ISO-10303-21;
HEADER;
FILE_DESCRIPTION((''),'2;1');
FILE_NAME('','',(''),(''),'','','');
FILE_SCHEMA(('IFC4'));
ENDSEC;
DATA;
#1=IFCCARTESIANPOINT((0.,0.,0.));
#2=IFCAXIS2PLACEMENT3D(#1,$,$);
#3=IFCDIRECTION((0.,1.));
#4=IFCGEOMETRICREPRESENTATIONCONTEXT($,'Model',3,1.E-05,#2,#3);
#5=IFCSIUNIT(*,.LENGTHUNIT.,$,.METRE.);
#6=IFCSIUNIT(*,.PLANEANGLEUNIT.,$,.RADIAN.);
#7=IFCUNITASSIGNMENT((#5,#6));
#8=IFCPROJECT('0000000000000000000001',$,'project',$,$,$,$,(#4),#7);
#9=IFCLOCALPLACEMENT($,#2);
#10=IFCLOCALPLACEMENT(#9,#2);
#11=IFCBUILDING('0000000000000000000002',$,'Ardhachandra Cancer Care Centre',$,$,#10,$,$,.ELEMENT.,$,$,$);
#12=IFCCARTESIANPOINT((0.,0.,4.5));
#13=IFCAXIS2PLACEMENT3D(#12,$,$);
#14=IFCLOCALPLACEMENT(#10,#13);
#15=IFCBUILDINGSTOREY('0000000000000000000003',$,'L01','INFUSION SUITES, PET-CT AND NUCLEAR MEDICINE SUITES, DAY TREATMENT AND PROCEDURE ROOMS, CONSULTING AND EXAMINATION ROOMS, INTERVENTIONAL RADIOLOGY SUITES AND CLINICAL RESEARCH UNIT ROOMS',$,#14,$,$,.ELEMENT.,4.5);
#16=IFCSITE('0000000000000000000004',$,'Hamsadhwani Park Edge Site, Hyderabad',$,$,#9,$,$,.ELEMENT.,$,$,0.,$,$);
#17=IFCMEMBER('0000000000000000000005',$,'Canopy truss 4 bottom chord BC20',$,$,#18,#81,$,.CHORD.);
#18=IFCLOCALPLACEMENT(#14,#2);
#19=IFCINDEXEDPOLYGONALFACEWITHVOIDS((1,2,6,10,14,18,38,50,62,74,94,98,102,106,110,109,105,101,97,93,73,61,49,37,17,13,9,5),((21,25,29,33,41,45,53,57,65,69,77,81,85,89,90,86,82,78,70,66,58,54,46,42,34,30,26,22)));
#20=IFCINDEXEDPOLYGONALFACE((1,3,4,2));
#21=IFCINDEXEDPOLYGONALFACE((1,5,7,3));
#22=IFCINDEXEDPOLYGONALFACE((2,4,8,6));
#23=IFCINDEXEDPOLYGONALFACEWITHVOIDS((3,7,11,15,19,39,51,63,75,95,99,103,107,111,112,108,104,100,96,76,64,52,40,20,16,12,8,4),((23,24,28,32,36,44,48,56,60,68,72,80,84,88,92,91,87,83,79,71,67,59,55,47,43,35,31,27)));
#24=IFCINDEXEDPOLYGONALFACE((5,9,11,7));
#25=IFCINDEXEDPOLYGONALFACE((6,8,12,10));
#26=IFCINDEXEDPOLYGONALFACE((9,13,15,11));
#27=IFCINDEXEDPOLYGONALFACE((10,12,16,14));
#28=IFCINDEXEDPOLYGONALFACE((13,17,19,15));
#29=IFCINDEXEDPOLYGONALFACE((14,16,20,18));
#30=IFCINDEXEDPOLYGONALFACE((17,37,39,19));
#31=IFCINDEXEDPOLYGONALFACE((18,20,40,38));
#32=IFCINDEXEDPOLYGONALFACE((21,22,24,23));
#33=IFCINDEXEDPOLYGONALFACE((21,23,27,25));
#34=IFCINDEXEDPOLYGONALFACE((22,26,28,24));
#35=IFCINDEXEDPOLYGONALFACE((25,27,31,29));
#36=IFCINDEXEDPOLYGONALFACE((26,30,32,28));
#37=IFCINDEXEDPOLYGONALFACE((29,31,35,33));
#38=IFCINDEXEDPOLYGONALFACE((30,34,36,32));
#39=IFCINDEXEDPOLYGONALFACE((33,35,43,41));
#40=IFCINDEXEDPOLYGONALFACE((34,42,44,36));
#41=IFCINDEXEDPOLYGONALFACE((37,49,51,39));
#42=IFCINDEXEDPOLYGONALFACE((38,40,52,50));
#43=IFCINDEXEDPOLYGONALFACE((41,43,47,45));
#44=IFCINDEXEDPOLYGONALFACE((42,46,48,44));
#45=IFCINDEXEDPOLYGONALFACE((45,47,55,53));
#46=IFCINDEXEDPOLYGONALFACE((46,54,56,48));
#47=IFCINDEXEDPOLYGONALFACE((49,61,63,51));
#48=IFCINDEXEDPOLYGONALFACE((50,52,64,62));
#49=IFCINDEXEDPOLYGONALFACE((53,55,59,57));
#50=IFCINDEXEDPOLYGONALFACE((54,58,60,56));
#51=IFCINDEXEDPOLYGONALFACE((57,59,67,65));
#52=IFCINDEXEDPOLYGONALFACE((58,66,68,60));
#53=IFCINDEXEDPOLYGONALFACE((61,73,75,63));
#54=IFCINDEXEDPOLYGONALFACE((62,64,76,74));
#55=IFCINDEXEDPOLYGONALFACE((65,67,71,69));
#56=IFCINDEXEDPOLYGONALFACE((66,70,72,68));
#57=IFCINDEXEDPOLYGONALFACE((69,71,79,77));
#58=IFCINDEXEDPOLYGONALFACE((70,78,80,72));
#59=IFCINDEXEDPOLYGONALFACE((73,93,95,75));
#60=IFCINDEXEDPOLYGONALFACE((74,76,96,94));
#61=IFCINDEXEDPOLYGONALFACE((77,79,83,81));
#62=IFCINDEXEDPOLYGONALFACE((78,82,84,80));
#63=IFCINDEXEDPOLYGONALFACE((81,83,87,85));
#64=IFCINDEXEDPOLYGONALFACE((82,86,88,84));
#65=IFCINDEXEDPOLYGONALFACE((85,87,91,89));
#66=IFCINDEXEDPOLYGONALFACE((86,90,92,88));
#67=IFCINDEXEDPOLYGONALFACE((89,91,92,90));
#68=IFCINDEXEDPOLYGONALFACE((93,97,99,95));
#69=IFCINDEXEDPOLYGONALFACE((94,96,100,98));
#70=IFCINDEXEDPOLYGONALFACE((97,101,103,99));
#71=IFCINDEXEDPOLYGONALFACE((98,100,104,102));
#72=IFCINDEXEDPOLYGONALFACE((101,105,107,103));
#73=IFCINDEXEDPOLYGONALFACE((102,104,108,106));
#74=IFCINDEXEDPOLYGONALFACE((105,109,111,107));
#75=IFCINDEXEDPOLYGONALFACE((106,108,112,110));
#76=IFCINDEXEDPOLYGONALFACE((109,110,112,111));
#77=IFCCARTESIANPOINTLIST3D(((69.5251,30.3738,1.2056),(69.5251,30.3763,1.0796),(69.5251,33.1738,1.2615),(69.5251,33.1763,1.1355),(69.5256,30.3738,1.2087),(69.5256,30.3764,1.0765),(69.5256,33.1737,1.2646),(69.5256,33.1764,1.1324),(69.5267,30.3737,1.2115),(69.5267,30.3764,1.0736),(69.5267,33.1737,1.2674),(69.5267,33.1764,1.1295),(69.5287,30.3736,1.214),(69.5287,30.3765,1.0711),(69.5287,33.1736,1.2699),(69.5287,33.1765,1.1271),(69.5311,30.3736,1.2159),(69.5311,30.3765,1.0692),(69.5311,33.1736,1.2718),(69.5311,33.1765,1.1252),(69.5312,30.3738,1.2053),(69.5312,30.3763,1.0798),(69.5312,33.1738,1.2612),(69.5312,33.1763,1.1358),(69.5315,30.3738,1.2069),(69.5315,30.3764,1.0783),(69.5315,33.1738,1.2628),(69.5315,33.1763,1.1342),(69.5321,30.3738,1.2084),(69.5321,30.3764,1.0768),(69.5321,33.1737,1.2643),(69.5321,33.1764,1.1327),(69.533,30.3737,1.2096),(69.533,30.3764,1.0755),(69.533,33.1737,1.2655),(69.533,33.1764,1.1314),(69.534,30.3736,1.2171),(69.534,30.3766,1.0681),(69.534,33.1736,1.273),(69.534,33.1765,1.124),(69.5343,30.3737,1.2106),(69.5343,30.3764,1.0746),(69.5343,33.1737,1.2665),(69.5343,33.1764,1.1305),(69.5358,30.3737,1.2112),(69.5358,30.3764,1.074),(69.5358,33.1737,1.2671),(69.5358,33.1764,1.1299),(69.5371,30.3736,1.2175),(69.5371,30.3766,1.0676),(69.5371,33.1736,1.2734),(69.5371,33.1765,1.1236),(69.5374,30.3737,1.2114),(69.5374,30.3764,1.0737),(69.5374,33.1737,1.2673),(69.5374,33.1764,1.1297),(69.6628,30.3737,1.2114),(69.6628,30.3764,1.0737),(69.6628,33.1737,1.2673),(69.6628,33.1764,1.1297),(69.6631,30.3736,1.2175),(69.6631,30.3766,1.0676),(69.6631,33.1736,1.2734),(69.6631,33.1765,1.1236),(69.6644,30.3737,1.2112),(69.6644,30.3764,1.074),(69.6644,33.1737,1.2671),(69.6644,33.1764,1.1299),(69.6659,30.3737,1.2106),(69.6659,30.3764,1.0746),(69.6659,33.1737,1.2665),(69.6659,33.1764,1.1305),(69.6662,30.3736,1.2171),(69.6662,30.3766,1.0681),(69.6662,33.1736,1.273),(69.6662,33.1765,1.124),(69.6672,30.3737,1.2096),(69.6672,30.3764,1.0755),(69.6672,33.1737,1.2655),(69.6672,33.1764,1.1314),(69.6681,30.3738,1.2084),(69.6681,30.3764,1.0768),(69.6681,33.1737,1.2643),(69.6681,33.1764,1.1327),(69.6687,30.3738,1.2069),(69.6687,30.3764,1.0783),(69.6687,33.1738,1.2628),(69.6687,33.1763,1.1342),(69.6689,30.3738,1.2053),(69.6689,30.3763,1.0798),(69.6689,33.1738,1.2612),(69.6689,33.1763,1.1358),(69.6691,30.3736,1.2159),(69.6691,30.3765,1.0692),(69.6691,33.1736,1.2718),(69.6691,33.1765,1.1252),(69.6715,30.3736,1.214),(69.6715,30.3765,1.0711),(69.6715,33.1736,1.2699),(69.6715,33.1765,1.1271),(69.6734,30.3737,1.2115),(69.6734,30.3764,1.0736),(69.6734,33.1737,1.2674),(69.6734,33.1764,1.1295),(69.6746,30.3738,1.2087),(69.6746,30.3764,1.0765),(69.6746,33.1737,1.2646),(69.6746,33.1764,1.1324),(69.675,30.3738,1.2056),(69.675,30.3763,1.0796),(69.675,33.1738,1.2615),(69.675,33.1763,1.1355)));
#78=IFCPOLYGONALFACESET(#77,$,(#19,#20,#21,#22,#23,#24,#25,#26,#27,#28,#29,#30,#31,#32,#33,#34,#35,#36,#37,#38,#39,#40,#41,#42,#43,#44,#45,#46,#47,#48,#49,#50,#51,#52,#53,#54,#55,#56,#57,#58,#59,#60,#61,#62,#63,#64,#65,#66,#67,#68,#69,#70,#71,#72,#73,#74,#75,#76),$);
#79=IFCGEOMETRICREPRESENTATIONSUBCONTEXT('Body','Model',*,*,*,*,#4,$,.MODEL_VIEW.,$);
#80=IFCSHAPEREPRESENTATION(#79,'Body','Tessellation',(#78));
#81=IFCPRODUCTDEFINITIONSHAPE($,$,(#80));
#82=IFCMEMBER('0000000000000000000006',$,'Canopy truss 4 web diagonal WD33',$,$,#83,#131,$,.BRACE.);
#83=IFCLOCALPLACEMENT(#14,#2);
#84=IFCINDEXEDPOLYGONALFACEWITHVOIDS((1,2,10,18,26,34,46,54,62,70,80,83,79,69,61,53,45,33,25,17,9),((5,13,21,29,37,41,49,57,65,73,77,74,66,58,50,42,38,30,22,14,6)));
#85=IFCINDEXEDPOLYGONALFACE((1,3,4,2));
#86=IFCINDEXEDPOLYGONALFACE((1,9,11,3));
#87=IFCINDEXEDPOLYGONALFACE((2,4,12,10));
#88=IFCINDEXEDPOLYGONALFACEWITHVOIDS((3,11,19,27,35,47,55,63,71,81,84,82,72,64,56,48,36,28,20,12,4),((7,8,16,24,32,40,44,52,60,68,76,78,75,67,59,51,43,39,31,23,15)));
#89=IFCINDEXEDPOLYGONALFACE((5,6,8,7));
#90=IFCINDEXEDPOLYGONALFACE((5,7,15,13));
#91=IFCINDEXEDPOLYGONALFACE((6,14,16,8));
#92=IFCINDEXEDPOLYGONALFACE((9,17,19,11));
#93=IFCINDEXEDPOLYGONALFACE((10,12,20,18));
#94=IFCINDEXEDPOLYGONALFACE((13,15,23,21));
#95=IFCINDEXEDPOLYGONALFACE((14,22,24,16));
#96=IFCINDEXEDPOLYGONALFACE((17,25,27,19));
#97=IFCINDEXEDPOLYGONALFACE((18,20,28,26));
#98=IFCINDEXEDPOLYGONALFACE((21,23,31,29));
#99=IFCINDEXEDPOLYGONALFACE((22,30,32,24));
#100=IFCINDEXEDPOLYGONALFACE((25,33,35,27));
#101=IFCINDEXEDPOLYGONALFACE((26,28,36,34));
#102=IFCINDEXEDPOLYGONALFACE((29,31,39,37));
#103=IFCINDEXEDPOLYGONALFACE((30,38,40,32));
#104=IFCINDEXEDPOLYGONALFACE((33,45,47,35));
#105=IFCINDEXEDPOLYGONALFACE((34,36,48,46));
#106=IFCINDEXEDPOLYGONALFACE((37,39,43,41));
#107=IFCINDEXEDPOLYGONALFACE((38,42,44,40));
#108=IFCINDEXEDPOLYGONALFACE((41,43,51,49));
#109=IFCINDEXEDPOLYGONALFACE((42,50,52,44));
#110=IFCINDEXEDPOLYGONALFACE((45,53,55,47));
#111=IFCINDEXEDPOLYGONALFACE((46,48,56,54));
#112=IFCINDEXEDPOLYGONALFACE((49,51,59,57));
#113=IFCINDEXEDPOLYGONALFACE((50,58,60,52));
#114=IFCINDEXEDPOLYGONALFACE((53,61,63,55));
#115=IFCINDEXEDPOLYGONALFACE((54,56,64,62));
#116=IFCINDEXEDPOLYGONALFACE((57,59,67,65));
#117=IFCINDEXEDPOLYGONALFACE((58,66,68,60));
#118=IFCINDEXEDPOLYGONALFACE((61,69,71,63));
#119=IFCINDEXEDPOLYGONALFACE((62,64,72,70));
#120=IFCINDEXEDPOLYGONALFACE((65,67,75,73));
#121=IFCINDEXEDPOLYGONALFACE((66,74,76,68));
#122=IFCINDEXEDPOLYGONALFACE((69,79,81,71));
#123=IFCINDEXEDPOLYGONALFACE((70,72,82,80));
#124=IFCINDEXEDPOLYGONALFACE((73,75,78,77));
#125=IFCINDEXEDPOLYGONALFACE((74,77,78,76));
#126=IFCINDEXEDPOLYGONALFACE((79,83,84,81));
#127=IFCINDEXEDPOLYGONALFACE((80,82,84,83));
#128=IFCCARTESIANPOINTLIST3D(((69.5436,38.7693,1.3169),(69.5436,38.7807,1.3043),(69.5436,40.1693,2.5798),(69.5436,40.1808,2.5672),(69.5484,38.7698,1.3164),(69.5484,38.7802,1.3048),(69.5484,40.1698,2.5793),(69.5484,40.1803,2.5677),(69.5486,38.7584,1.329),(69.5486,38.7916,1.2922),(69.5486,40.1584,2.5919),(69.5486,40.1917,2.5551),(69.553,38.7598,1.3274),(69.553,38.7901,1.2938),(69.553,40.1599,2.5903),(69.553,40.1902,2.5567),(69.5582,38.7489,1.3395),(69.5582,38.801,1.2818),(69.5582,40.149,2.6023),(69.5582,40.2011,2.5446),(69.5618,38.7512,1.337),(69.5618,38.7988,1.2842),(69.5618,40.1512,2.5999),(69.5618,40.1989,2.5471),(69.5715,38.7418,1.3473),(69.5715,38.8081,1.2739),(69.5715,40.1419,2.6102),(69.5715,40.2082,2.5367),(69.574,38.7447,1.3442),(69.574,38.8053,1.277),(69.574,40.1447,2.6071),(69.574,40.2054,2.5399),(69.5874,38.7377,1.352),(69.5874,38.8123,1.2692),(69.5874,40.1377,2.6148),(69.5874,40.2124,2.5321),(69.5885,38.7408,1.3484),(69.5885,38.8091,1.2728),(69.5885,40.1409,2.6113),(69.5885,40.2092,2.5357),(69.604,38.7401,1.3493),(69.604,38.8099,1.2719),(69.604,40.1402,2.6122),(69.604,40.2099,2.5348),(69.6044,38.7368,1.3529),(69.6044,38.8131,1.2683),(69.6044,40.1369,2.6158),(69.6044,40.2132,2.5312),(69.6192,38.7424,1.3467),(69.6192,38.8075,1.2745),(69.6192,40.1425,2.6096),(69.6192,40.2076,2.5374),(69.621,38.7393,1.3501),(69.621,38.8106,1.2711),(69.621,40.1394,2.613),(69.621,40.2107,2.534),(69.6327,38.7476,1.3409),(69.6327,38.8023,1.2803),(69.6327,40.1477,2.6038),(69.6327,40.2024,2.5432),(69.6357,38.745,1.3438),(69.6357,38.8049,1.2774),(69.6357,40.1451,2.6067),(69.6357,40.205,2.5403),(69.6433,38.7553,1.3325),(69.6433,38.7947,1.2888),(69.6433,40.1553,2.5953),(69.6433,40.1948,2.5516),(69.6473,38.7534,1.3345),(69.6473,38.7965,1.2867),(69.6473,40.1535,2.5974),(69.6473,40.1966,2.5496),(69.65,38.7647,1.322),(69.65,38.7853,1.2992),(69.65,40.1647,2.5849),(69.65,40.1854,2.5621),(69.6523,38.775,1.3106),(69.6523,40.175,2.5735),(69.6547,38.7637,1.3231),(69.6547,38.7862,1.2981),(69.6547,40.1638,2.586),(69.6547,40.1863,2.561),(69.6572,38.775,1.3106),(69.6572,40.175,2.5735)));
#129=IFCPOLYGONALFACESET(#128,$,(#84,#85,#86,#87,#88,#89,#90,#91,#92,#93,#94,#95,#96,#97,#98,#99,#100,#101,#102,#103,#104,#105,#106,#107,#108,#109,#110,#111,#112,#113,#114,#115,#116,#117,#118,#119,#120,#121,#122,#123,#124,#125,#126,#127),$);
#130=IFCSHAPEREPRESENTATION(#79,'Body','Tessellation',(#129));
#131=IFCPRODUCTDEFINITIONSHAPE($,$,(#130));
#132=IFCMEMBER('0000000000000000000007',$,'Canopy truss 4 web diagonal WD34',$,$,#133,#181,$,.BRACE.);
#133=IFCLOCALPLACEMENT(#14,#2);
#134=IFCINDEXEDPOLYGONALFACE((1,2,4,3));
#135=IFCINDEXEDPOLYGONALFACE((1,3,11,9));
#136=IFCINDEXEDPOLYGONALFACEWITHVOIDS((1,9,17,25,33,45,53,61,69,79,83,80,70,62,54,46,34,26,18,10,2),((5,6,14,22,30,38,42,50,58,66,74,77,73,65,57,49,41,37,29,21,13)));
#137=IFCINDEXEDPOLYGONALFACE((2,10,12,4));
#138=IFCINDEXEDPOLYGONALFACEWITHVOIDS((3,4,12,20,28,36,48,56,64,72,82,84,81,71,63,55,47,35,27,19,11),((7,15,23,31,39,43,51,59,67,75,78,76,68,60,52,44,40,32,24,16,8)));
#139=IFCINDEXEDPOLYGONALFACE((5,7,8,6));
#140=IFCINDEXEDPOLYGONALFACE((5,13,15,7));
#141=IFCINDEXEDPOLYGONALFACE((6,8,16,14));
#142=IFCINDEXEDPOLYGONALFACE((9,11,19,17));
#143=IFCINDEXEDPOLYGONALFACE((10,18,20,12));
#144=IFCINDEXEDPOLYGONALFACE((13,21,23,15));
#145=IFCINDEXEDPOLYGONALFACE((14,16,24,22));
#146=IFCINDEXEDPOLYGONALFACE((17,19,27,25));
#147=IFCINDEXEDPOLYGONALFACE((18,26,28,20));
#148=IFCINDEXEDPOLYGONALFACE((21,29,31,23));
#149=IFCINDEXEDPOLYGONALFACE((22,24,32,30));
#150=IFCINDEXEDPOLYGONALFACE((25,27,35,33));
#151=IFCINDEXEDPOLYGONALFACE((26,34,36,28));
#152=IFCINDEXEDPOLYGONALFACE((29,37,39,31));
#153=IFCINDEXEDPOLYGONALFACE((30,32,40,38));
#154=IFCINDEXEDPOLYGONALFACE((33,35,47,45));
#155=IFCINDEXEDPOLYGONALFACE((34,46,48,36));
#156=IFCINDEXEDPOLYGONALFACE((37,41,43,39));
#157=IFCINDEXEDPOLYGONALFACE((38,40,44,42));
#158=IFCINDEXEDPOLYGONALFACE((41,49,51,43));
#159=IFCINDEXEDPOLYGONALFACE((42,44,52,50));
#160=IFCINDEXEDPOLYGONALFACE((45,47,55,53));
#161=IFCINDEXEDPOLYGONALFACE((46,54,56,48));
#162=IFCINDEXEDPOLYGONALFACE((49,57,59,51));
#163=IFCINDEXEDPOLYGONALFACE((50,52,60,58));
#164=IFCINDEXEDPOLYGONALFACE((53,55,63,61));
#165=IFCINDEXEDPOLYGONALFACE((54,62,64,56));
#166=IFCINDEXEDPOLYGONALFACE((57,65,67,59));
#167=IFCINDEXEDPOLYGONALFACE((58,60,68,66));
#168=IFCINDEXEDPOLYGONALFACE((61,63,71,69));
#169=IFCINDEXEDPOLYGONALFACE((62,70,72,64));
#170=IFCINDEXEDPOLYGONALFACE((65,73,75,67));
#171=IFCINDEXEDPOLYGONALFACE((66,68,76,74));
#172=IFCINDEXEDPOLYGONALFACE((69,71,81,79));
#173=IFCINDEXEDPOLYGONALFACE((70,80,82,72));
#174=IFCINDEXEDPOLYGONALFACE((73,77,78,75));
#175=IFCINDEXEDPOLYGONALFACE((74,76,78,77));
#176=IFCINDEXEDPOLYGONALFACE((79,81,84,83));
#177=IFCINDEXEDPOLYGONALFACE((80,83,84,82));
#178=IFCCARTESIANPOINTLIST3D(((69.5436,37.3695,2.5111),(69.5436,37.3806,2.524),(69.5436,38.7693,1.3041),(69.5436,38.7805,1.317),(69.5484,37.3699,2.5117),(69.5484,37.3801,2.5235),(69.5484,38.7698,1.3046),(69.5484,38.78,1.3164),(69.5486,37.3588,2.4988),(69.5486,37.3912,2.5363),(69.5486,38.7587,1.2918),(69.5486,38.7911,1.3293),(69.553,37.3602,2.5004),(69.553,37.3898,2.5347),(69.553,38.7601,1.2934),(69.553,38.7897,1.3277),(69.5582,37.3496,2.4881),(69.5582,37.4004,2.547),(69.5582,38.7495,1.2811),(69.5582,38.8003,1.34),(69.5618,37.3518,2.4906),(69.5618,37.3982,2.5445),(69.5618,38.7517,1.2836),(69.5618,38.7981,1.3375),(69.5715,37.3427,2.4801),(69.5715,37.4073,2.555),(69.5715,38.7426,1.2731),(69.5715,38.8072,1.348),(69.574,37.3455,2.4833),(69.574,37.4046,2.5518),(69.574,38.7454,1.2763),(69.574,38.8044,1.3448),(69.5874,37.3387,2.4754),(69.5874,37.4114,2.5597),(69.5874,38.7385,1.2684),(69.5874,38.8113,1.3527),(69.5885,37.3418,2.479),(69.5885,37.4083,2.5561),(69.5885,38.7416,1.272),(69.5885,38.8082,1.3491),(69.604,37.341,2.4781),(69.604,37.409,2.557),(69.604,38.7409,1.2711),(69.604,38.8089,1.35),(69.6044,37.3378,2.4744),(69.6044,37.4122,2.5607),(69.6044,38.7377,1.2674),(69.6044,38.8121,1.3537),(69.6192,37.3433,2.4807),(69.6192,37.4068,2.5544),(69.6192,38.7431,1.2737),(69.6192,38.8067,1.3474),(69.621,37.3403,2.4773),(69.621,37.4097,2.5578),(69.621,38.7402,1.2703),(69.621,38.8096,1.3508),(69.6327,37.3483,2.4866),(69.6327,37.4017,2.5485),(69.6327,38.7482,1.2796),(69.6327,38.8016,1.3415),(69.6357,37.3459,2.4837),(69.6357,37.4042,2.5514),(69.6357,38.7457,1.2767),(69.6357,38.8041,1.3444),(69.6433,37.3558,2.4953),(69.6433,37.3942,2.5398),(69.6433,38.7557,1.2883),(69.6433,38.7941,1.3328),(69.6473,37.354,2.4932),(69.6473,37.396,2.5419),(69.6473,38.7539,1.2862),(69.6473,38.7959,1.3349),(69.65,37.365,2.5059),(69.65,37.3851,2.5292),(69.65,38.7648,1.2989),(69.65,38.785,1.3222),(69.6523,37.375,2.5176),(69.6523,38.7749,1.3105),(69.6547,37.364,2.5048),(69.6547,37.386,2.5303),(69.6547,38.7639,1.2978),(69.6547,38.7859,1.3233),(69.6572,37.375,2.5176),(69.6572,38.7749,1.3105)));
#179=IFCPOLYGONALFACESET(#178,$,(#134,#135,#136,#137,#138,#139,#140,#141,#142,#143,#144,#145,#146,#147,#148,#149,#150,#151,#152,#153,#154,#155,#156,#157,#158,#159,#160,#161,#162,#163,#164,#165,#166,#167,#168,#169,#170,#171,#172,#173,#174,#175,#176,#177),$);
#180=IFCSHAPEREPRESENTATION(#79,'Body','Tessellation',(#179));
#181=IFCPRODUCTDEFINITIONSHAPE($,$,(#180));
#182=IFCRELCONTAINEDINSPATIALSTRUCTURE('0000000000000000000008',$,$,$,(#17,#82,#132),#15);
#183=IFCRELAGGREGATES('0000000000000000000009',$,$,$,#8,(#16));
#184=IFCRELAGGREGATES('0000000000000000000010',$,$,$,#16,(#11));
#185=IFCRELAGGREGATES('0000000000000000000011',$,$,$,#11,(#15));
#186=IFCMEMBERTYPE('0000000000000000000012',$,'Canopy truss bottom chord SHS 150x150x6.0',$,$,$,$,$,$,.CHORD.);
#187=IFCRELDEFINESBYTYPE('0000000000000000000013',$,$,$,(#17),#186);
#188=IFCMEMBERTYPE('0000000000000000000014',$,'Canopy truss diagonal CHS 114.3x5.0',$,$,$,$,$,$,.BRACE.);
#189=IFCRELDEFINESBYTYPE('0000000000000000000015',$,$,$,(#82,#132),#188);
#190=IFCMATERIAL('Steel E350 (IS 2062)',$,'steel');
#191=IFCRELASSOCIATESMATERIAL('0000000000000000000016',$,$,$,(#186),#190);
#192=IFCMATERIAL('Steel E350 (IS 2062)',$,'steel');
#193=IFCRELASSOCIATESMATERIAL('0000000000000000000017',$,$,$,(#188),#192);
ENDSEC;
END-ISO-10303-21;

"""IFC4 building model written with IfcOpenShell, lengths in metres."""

from ifc_helpers import new_model, si_unit, direction, frame, origin, origin_2d, place, context, subcontext, project, spatial, hollow_rectangle, hollow_circle, extrude, material, material_profile, profile_set, type_object, element, save


model = new_model("IFC4")

# Units and contexts
model_context = context("Model", 3, precision=1e-05, world=origin(), true_north=direction((0.0, 1.0)))
body_context = subcontext(model_context, "Body", "Model", "MODEL_VIEW")
ifc_project = project(units=[si_unit("LENGTHUNIT", "METRE"), si_unit("PLANEANGLEUNIT", "RADIAN")], contexts=[model_context])

# Site, building, storey
site_placement = place(None, origin())
site = spatial("IfcSite", under=ifc_project, at=site_placement, Name="Hamsadhwani Park Edge Site, Hyderabad", CompositionType="ELEMENT", RefElevation=0.0)
building_placement = place(site_placement, origin())
building = spatial("IfcBuilding", under=site, at=building_placement, Name="Ardhachandra Cancer Care Centre", CompositionType="ELEMENT")
storey_placement = place(building_placement, frame((0.0, 0.0, 4.5)))
storey = spatial("IfcBuildingStorey", under=building, at=storey_placement, Name="L01", Description="INFUSION SUITES, PET-CT AND NUCLEAR MEDICINE SUITES, DAY TREATMENT AND PROCEDURE ROOMS, CONSULTING AND EXAMINATION ROOMS, INTERVENTIONAL RADIOLOGY SUITES AND CLINICAL RESEARCH UNIT ROOMS", CompositionType="ELEMENT", Elevation=4.5)

# Members
ifc_material_1 = material(Name="Steel E350 (IS 2062)", Category="steel")
ifc_material_profile_1 = material_profile(ifc_material_1, hollow_rectangle(XDim=0.1499, YDim=0.1499, WallThickness=0.0061, InnerFilletRadius=0.0061, OuterFilletRadius=0.012, at=origin_2d()), Name="SHS 150x150x6.0")
ifc_profile_set_1 = profile_set([ifc_material_profile_1], Name="Steel E350 (IS 2062)")
member_type_1 = type_object("IfcMemberType", Name="Canopy truss bottom chord SHS 150x150x6.0", PredefinedType="CHORD", material=ifc_profile_set_1)
for number, where, z_axis, x_axis, name in (
    (1, (69.6001, 33.175, 1.1985), (0.0, -0.999801, -0.019963), (1.0, 0.0, 0.0), "Canopy truss 4 bottom chord BC20"),
):
    element("IfcMember", number, at=place(storey_placement, frame(where, z_axis=z_axis, x_axis=x_axis)), inside=storey, type_object=member_type_1, Name=name, PredefinedType="CHORD", context=body_context, shape_type="SweptSolid", body=[
        extrude(hollow_rectangle(XDim=0.1499, YDim=0.1499, WallThickness=0.0061, InnerFilletRadius=0.0061, OuterFilletRadius=0.012, at=origin_2d()), origin(), (0.0, 0.0, 1.0), 2.8005),
    ])
ifc_material_2 = material(Name="Steel E350 (IS 2062)", Category="steel")
ifc_material_profile_2 = material_profile(ifc_material_2, hollow_circle(Radius=0.0571, WallThickness=0.0049, at=origin_2d()), Name="CHS 114.3x5.0")
ifc_profile_set_2 = profile_set([ifc_material_profile_2], Name="Steel E350 (IS 2062)")
member_type_2 = type_object("IfcMemberType", Name="Canopy truss diagonal CHS 114.3x5.0", PredefinedType="BRACE", material=ifc_profile_set_2)
member_1_placement = place(storey_placement, frame((69.6001, 40.175, 2.5735), z_axis=(0.0, -0.742553, -0.669787), x_axis=(1.0, 0.0, 0.0)))
element("IfcMember", 2, at=member_1_placement, inside=storey, type_object=member_type_2, Name="Canopy truss 4 web diagonal WD33", PredefinedType="BRACE", context=body_context, shape_type="SweptSolid", body=[
    extrude(hollow_circle(Radius=0.0571, WallThickness=0.0049, at=origin_2d()), origin(), (0.0, 0.0, 1.0), 1.8855),
])
member_2_placement = place(storey_placement, frame((69.6001, 38.7749, 1.3105), z_axis=(0.0, -0.757351, 0.653008), x_axis=(1.0, 0.0, 0.0)))
element("IfcMember", 3, at=member_2_placement, inside=storey, type_object=member_type_2, Name="Canopy truss 4 web diagonal WD34", PredefinedType="BRACE", context=body_context, shape_type="SweptSolid", body=[
    extrude(hollow_circle(Radius=0.0571, WallThickness=0.0049, at=origin_2d()), origin(), (0.0, 0.0, 1.0), 1.8484),
])

save(model, "model.ifc")
